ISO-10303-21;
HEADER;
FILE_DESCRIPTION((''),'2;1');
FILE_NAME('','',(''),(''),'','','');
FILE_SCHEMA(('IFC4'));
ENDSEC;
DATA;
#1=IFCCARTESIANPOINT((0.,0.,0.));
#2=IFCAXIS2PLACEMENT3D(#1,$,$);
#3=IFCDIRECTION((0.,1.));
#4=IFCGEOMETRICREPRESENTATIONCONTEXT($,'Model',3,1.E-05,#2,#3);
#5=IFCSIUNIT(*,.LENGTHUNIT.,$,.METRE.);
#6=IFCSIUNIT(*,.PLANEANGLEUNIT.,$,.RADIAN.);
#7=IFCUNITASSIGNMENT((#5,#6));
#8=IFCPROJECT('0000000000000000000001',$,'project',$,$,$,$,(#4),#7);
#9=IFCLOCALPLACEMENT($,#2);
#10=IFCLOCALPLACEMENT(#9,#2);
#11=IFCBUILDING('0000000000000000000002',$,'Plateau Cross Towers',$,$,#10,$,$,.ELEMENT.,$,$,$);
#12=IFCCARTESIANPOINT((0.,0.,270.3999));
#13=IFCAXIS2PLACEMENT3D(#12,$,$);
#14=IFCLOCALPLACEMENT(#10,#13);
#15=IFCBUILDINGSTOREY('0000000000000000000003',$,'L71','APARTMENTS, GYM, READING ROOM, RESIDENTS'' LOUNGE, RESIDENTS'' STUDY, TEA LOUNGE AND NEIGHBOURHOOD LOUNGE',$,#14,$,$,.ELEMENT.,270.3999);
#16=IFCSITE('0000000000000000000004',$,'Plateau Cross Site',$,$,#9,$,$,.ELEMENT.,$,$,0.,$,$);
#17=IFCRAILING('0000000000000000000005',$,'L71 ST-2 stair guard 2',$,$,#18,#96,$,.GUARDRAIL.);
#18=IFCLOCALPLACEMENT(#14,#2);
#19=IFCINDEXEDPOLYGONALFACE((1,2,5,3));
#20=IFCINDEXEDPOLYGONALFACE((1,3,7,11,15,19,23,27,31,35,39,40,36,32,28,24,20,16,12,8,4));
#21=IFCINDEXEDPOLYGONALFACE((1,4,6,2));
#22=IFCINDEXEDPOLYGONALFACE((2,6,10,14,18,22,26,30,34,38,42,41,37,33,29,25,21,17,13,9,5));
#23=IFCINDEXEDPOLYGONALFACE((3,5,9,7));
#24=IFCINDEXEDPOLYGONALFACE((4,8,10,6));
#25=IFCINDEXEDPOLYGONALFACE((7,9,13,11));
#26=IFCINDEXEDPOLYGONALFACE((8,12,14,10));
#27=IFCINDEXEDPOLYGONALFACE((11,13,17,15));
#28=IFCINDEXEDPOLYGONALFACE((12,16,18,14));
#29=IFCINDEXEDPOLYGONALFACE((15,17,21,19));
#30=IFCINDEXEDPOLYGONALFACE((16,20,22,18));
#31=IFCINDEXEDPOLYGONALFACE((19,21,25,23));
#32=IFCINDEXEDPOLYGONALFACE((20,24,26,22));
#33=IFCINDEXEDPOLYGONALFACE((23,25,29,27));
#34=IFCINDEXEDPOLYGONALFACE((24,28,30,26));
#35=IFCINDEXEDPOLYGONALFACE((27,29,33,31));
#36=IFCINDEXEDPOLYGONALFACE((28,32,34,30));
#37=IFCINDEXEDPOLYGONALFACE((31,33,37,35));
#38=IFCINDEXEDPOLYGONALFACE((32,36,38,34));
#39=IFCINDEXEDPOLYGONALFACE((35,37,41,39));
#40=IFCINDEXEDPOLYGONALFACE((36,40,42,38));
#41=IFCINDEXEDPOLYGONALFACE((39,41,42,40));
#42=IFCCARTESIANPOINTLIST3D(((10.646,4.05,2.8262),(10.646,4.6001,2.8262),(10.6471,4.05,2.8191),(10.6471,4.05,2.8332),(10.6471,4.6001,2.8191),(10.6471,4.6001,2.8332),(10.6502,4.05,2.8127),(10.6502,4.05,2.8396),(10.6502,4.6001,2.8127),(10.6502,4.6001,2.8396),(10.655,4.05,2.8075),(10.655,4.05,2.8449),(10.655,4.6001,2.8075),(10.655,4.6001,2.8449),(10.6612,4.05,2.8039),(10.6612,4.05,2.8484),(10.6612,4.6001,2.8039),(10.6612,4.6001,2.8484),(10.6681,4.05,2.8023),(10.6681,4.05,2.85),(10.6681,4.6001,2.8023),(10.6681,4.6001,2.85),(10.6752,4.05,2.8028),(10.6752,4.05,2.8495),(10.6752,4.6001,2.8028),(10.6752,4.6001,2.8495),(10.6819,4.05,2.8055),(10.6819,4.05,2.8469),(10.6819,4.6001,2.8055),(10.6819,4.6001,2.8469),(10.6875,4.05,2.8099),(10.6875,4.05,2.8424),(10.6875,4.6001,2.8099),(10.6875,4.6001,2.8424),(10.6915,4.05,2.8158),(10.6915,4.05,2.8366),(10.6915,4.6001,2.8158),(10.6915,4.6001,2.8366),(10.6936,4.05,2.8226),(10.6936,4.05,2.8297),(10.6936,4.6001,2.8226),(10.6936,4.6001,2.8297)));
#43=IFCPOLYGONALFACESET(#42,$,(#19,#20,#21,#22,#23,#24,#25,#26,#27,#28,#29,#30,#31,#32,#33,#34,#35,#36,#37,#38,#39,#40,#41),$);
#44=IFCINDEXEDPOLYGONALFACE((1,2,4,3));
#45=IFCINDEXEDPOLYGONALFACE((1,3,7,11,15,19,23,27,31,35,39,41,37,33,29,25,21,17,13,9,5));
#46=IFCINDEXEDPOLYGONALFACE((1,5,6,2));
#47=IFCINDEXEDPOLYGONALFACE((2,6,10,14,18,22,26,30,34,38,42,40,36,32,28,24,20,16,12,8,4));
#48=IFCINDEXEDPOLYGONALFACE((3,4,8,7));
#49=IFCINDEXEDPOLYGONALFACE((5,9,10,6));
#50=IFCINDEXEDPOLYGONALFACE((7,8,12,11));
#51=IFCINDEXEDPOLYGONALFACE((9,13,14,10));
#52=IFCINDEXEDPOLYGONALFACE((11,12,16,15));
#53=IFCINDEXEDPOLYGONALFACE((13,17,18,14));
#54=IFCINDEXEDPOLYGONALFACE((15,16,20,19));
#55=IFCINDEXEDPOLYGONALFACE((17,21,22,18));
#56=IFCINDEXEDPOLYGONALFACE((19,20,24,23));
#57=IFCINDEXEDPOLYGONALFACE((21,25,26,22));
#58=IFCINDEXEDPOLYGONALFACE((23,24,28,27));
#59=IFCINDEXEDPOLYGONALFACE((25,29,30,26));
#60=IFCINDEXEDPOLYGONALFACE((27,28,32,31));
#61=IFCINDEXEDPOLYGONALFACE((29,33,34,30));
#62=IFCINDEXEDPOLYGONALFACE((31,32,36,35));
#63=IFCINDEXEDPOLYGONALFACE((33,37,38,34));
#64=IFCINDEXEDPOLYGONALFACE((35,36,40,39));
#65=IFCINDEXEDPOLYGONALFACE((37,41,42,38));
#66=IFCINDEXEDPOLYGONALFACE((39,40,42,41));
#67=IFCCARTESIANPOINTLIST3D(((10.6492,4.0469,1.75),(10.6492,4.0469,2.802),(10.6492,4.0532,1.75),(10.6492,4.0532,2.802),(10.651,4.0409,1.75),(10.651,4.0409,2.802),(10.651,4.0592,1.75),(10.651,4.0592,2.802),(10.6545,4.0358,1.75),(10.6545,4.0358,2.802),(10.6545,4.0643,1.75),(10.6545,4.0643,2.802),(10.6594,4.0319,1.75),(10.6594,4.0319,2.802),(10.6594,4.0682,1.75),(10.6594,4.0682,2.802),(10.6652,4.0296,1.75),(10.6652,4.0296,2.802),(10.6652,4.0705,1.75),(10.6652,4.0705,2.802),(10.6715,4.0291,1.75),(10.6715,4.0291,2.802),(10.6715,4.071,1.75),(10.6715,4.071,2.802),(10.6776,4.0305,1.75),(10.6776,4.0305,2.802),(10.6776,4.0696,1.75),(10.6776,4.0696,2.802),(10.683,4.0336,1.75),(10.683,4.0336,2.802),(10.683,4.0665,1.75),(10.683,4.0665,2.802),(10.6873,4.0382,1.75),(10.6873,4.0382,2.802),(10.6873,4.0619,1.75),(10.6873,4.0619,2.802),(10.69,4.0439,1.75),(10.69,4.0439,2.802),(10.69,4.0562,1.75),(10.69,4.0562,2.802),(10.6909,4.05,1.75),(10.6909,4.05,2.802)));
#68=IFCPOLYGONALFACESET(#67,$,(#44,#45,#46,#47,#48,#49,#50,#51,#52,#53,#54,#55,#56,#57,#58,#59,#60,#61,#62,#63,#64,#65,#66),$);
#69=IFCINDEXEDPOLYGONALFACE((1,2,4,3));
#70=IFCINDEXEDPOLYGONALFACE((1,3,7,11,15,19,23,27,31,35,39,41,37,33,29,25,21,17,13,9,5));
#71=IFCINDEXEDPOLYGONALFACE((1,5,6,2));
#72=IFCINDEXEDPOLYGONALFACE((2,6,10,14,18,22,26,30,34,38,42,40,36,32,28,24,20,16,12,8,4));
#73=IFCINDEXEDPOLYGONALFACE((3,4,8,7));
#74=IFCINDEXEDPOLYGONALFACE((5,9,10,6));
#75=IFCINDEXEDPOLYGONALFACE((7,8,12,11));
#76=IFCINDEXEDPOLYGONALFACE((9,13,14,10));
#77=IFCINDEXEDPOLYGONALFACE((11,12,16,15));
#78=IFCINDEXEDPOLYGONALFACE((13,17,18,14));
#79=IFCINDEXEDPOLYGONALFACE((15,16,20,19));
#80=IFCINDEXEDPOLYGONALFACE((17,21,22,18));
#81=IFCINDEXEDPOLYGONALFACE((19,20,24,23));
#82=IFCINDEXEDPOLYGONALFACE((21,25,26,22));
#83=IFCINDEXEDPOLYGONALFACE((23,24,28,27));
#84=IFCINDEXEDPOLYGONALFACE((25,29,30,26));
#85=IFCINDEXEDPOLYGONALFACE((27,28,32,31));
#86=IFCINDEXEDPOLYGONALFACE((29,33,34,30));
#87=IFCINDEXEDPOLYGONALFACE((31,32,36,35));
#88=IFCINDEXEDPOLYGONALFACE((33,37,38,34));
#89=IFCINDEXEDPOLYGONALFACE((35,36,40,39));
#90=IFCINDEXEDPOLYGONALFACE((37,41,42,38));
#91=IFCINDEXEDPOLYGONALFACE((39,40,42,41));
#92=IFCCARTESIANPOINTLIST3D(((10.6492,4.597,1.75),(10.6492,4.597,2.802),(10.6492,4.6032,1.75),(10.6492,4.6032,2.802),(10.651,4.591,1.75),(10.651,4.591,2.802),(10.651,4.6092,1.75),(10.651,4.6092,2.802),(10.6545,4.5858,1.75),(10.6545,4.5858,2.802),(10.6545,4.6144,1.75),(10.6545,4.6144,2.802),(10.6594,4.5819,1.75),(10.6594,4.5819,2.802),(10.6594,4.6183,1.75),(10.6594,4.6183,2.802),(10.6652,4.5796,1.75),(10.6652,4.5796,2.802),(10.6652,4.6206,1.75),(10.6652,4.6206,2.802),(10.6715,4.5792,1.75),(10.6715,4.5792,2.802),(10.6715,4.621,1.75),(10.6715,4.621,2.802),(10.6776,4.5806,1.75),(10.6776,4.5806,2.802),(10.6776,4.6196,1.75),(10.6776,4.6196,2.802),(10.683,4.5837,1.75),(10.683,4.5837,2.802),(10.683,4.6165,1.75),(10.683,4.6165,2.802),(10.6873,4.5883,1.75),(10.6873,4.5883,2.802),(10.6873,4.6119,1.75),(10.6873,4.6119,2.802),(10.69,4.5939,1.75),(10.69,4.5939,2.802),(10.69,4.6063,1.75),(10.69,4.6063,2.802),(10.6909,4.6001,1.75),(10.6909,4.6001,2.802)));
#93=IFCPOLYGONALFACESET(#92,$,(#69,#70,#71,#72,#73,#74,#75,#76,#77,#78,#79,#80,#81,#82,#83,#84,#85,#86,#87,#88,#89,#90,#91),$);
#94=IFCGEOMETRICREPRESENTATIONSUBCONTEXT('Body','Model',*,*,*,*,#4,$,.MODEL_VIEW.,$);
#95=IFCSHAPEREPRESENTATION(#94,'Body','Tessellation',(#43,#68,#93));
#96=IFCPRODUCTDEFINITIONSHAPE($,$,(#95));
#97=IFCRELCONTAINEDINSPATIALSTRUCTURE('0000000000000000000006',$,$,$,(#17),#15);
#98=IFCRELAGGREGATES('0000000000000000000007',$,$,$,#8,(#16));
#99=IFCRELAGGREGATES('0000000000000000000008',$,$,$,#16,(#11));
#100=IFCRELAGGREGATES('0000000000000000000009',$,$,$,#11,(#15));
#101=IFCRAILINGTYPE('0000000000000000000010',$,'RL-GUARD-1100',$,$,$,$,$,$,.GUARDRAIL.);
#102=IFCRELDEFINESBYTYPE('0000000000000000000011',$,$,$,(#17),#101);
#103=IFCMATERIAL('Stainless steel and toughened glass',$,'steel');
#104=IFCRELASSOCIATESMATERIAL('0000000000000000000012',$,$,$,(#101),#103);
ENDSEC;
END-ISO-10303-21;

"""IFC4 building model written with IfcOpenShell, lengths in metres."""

from ifc_helpers import new_model, si_unit, direction, frame, origin, origin_2d, place, context, subcontext, project, spatial, circle, extrude, material, type_object, element, save


model = new_model("IFC4")

# Units and contexts
model_context = context("Model", 3, precision=1e-05, world=origin(), true_north=direction((0.0, 1.0)))
body_context = subcontext(model_context, "Body", "Model", "MODEL_VIEW")
ifc_project = project(units=[si_unit("LENGTHUNIT", "METRE"), si_unit("PLANEANGLEUNIT", "RADIAN")], contexts=[model_context])

# Site, building, storey
site_placement = place(None, origin())
site = spatial("IfcSite", under=ifc_project, at=site_placement, Name="Plateau Cross Site", CompositionType="ELEMENT", RefElevation=0.0)
building_placement = place(site_placement, origin())
building = spatial("IfcBuilding", under=site, at=building_placement, Name="Plateau Cross Towers", CompositionType="ELEMENT")
storey_placement = place(building_placement, frame((0.0, 0.0, 270.3999)))
storey = spatial("IfcBuildingStorey", under=building, at=storey_placement, Name="L71", Description="APARTMENTS, GYM, READING ROOM, RESIDENTS' LOUNGE, RESIDENTS' STUDY, TEA LOUNGE AND NEIGHBOURHOOD LOUNGE", CompositionType="ELEMENT", Elevation=270.3999)

# Railing
ifc_material_1 = material(Name="Stainless steel and toughened glass", Category="steel")
railing_type_1 = type_object("IfcRailingType", Name="RL-GUARD-1100", PredefinedType="GUARDRAIL", material=ifc_material_1)
railing_1_placement = place(storey_placement, frame((10.6699, 4.05, 1.75)))
element("IfcRailing", 1, at=railing_1_placement, inside=storey, type_object=railing_type_1, Name="L71 ST-2 stair guard 2", PredefinedType="GUARDRAIL", context=body_context, shape_type="SweptSolid", body=[
    extrude(circle(Radius=0.0239, at=origin_2d()), frame((0.0, 0.0, 1.0762), z_axis=(0.0, 1.0, 0.0), x_axis=(-1.0, 0.0, 0.0)), (0.0, 0.0, 1.0), 0.55),
    extrude(circle(Radius=0.021, at=origin_2d()), origin(), (0.0, 0.0, 1.0), 1.052),
    extrude(circle(Radius=0.021, at=origin_2d()), frame((0.0, 0.55, 0.0)), (0.0, 0.0, 1.0), 1.052),
])

save(model, "model.ifc")
